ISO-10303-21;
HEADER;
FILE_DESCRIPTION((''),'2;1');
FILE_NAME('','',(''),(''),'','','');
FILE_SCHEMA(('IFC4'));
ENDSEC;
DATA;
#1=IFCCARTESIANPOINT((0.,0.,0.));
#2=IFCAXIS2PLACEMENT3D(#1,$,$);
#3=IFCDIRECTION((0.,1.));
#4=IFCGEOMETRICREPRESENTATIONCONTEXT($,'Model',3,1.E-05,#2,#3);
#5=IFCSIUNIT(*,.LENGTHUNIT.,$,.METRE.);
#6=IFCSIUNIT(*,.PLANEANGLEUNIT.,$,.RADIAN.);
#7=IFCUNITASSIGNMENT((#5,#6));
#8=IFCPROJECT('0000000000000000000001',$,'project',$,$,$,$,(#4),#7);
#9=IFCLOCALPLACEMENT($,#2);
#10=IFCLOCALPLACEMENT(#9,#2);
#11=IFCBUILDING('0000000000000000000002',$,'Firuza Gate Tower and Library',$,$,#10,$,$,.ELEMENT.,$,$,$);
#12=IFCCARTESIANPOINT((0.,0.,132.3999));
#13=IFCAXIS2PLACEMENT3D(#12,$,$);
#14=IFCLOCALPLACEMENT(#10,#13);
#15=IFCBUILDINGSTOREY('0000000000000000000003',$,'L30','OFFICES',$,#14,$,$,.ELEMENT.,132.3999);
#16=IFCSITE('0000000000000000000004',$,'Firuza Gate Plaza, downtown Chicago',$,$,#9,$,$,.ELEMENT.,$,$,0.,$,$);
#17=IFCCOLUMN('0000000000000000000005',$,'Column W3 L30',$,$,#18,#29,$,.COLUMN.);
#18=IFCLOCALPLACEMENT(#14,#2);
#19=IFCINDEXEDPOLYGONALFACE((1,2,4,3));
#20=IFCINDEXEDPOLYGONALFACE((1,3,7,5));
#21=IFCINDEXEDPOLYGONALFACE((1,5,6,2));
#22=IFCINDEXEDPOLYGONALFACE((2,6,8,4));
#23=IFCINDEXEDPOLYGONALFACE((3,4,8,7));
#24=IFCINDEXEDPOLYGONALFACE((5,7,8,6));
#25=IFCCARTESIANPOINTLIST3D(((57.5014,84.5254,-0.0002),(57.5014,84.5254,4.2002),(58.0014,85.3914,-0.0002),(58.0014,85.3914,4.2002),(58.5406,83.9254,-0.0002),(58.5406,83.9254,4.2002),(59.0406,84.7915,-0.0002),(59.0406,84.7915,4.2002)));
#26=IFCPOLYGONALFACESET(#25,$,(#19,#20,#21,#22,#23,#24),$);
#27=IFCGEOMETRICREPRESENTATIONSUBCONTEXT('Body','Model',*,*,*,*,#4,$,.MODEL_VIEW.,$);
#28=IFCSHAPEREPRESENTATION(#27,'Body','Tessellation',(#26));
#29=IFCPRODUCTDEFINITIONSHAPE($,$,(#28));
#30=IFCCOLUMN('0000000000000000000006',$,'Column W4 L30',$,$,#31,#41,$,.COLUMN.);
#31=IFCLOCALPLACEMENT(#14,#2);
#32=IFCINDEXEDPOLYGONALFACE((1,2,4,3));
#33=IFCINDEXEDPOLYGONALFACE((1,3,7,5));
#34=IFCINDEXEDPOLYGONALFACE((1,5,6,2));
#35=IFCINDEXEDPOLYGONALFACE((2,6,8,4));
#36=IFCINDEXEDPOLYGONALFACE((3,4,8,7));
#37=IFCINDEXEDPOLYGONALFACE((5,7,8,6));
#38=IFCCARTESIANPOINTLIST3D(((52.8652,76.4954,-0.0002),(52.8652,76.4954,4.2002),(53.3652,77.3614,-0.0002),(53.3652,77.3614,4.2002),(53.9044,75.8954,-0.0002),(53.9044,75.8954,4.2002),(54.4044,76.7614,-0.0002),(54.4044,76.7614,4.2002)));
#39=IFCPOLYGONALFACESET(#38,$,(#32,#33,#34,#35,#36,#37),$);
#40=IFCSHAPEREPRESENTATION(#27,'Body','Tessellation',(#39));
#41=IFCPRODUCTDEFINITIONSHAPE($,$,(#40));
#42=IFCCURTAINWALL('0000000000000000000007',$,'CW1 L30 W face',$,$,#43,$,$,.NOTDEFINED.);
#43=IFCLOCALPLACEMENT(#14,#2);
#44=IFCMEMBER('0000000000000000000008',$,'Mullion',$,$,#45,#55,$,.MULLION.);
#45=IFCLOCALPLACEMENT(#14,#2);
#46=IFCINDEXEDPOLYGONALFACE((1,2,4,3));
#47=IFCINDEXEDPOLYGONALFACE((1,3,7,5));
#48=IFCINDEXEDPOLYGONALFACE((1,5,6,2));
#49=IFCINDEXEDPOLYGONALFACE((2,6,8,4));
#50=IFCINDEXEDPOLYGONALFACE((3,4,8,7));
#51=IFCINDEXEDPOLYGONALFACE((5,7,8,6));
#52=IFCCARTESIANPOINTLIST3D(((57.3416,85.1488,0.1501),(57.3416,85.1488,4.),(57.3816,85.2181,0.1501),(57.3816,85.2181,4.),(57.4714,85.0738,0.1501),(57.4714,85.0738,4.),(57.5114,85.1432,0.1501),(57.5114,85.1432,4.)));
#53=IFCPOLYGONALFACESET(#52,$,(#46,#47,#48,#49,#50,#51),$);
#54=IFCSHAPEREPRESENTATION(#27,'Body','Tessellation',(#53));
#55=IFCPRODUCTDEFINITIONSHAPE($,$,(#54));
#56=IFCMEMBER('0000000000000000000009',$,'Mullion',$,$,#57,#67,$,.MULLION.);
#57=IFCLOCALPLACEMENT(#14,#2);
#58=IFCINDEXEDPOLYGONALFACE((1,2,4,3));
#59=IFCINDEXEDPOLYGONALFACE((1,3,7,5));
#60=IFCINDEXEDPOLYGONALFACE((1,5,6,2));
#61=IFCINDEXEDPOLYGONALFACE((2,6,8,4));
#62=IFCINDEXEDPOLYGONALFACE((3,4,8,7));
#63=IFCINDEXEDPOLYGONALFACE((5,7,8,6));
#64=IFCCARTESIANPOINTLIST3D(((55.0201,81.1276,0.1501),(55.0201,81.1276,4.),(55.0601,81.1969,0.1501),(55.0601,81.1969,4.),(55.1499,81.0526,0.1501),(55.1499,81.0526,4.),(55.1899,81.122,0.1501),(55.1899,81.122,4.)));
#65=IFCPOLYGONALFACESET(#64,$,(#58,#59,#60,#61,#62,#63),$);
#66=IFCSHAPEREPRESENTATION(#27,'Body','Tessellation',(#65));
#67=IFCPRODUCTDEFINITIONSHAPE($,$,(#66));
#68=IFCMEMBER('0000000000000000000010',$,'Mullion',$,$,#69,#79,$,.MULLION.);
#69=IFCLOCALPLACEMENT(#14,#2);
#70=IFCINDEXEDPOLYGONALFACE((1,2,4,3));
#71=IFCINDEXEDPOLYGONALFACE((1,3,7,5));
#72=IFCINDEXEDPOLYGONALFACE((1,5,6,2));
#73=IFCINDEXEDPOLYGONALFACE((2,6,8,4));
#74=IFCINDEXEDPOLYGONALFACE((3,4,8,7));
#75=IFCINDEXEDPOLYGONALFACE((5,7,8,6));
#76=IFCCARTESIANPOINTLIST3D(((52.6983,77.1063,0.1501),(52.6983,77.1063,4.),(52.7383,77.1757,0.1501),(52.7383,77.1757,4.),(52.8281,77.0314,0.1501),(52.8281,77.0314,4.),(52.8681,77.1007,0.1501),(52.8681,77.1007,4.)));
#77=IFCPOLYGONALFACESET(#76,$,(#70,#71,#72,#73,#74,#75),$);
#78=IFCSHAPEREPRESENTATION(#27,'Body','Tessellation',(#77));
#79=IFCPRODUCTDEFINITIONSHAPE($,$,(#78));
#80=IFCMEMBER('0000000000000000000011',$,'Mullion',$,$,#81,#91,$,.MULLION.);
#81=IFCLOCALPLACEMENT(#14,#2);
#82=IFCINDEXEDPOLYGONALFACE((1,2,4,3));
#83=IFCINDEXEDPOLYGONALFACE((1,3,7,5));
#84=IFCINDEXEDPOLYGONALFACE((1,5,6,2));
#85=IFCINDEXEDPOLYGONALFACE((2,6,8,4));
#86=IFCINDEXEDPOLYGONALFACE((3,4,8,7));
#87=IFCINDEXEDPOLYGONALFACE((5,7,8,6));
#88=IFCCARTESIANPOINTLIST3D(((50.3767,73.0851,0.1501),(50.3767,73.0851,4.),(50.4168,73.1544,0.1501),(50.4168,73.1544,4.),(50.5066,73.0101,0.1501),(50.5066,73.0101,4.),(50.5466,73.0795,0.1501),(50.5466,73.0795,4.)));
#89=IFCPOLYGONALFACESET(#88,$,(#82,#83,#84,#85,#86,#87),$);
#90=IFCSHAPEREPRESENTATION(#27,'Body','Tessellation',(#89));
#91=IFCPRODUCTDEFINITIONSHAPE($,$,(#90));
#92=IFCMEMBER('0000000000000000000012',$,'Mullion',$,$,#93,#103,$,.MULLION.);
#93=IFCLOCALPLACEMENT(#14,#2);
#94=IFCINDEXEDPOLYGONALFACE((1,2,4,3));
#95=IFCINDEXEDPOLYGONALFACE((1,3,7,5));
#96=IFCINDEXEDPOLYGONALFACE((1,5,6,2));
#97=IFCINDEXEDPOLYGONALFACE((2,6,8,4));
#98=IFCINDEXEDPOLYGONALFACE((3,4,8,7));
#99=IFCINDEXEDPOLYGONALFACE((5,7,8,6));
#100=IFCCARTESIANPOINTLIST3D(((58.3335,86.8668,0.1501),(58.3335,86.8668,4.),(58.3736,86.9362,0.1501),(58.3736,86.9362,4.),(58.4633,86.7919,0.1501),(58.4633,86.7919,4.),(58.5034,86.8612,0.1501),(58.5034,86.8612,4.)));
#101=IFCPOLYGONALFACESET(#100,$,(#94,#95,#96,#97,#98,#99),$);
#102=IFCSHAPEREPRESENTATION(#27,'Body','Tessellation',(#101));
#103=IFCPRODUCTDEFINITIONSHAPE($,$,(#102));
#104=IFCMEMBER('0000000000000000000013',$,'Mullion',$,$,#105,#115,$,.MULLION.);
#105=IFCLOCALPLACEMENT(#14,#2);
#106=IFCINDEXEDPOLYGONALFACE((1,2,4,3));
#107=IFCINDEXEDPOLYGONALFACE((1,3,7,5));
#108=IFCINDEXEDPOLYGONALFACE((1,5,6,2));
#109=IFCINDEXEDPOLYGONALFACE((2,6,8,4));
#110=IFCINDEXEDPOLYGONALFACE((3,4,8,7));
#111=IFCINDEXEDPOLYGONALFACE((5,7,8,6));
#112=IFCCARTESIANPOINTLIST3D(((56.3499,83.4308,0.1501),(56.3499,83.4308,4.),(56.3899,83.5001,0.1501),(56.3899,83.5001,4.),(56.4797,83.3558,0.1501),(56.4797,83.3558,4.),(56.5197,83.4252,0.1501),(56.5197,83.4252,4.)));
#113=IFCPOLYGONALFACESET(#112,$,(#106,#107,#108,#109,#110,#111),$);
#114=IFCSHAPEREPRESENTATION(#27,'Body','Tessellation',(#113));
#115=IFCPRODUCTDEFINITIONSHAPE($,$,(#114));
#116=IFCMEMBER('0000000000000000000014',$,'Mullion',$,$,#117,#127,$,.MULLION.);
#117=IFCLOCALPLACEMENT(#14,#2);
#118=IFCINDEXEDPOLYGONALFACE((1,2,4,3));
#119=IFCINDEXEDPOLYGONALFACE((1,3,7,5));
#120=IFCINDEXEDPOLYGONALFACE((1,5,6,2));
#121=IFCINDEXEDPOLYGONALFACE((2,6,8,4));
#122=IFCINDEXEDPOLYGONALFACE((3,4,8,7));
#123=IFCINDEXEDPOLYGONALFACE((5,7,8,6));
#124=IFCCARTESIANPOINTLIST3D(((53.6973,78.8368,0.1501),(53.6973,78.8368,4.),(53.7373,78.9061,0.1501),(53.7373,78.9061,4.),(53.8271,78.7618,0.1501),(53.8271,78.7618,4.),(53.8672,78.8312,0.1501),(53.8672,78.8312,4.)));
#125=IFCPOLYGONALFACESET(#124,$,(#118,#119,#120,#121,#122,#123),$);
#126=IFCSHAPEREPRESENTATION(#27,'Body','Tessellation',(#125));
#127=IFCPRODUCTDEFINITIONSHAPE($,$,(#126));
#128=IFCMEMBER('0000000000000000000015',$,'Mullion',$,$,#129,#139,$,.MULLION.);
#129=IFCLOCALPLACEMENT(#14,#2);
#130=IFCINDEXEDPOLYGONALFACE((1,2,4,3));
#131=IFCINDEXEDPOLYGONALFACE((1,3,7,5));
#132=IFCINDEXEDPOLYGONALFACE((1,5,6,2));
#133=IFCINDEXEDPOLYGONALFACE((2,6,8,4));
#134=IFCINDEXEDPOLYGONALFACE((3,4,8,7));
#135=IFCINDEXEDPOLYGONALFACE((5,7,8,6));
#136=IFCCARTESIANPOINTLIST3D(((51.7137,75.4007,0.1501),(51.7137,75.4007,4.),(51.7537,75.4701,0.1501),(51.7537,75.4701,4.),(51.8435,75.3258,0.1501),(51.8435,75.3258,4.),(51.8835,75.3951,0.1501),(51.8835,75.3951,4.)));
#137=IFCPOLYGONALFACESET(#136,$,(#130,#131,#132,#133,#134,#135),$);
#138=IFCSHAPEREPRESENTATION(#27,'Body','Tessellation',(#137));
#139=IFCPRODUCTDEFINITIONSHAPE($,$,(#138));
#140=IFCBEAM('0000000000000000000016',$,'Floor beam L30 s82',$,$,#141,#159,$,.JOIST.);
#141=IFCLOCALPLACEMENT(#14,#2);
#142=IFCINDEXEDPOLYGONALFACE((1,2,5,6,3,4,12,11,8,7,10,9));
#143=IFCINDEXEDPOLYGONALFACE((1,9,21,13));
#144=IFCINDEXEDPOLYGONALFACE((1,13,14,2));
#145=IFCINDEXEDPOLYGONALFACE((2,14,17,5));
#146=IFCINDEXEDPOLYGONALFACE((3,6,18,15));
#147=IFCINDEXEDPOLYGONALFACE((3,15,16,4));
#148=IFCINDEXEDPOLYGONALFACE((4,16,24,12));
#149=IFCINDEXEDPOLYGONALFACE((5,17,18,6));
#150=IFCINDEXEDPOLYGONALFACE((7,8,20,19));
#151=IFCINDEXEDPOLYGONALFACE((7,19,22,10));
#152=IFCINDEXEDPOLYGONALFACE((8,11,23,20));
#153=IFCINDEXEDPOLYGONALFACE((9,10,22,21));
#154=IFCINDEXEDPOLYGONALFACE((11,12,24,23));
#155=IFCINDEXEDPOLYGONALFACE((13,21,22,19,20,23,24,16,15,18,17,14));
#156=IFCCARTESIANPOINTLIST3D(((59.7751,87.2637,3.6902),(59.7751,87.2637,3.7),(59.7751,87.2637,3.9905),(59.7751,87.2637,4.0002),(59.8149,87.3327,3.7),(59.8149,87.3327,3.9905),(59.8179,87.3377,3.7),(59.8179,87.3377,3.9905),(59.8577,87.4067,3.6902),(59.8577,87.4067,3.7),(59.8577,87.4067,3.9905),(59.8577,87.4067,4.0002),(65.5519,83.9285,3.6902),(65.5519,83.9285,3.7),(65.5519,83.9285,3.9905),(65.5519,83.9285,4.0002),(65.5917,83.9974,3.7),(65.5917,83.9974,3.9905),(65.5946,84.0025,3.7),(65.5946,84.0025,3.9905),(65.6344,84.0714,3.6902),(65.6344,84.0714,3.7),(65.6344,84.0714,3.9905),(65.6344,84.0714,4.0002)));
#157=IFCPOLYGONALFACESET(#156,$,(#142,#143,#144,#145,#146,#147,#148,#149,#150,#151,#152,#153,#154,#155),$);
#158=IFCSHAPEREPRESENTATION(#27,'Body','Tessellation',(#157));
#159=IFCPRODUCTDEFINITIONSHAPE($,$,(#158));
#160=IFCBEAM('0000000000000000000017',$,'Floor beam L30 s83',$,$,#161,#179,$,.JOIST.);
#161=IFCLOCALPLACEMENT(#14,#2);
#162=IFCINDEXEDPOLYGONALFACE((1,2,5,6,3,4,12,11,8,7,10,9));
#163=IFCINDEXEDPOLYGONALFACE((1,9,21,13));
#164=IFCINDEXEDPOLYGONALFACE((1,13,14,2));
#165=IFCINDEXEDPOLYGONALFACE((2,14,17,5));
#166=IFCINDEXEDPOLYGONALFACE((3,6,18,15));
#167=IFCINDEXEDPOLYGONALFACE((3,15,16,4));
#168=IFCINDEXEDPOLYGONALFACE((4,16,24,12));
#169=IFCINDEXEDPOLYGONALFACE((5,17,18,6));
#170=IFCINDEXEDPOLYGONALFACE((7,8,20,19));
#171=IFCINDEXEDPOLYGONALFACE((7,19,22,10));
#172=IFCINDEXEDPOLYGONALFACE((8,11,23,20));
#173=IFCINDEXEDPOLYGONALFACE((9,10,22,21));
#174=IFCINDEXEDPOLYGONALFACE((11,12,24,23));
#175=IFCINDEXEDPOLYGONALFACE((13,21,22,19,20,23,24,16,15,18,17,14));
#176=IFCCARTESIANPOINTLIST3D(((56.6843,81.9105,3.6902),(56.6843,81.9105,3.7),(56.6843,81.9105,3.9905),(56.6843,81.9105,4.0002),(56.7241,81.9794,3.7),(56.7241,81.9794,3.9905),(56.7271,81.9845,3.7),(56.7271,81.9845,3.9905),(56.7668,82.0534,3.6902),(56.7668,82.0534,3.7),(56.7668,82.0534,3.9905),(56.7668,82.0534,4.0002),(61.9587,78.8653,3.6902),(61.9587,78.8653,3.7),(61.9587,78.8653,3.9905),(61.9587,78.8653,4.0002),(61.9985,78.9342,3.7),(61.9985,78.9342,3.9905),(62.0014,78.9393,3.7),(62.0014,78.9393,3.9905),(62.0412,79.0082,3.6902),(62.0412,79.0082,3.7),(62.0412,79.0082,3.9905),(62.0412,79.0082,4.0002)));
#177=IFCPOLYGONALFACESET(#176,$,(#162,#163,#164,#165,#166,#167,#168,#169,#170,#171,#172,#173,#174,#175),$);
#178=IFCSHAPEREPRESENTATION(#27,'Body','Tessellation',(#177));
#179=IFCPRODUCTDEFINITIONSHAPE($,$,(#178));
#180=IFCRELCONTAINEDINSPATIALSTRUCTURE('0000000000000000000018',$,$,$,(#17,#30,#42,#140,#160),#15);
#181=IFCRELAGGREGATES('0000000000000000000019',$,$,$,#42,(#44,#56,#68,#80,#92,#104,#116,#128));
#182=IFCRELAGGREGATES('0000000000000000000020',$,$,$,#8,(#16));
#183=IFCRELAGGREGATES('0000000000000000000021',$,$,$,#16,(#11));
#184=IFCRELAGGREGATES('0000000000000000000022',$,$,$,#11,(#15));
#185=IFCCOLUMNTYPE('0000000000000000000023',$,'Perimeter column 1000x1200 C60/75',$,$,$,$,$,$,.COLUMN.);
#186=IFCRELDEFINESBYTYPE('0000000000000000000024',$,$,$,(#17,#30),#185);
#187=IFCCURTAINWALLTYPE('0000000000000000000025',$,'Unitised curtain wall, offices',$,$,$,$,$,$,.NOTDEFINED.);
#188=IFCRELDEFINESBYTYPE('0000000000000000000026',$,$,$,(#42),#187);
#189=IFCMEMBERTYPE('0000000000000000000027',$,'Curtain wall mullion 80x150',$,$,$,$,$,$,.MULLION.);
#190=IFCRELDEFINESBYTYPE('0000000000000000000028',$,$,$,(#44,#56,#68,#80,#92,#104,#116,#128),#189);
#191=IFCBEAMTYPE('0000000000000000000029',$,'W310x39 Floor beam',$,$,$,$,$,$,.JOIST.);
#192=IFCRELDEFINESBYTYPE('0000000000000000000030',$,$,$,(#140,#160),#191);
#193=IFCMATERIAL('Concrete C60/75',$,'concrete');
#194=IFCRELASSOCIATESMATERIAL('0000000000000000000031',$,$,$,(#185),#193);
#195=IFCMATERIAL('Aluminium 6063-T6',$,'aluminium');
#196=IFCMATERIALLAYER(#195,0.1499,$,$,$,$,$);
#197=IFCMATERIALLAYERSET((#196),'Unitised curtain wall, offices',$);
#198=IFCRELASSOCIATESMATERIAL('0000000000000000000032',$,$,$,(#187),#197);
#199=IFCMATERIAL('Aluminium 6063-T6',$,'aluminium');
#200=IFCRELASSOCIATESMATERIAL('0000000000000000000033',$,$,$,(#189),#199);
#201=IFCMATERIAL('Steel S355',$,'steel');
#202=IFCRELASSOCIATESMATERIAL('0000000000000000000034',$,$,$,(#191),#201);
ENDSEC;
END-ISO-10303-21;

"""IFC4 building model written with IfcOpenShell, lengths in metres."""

from ifc_helpers import new_model, si_unit, direction, frame, origin, origin_2d, place, context, subcontext, project, spatial, rectangle, i_section, extrude, material, layer, layer_set, material_profile, profile_set, type_object, element, aggregate, save


model = new_model("IFC4")

# Units and contexts
model_context = context("Model", 3, precision=1e-05, world=origin(), true_north=direction((0.0, 1.0)))
body_context = subcontext(model_context, "Body", "Model", "MODEL_VIEW")
ifc_project = project(units=[si_unit("LENGTHUNIT", "METRE"), si_unit("PLANEANGLEUNIT", "RADIAN")], contexts=[model_context])

# Site, building, storey
site_placement = place(None, origin())
site = spatial("IfcSite", under=ifc_project, at=site_placement, Name="Firuza Gate Plaza, downtown Chicago", CompositionType="ELEMENT", RefElevation=0.0)
building_placement = place(site_placement, origin())
building = spatial("IfcBuilding", under=site, at=building_placement, Name="Firuza Gate Tower and Library", CompositionType="ELEMENT")
storey_placement = place(building_placement, frame((0.0, 0.0, 132.3999)))
storey = spatial("IfcBuildingStorey", under=building, at=storey_placement, Name="L30", Description="OFFICES", CompositionType="ELEMENT", Elevation=132.3999)

# Columns
ifc_material_1 = material(Name="Concrete C60/75", Category="concrete")
ifc_material_profile_1 = material_profile(ifc_material_1, rectangle(XDim=1.0, YDim=1.2, at=origin_2d()))
ifc_profile_set_1 = profile_set([ifc_material_profile_1], Name="Concrete C60/75")
column_type = type_object("IfcColumnType", Name="Perimeter column 1000x1200 C60/75", PredefinedType="COLUMN", material=ifc_profile_set_1)
for number, where, z_axis, x_axis, name in (
    (1, (58.271, 84.6584, -0.0002), (0.0, 0.0, 1.0), (-0.5, -0.866025, 0.0), "Column W3 L30"),
    (2, (53.6348, 76.6284, -0.0002), (0.0, 0.0, 1.0), (-0.5, -0.866025, 0.0), "Column W4 L30"),
):
    element("IfcColumn", number, at=place(storey_placement, frame(where, z_axis=z_axis, x_axis=x_axis)), inside=storey, type_object=column_type, Name=name, PredefinedType="COLUMN", context=body_context, shape_type="SweptSolid", body=[
        extrude(rectangle(XDim=1.0, YDim=1.2, at=origin_2d()), origin(), (0.0, 0.0, 1.0), 4.2004),
    ])

# Curtain wall, members
ifc_material_2 = material(Name="Aluminium 6063-T6", Category="aluminium")
ifc_layer_1 = layer(ifc_material_2, 0.1499)
ifc_layer_set_1 = layer_set([ifc_layer_1], Name="Unitised curtain wall, offices")
curtain_wall_type = type_object("IfcCurtainWallType", Name="Unitised curtain wall, offices", PredefinedType="NOTDEFINED", material=ifc_layer_set_1)
curtain_wall_placement = place(storey_placement, origin())
curtain_wall = element("IfcCurtainWall", 3, at=curtain_wall_placement, inside=storey, type_object=curtain_wall_type, Name="CW1 L30 W face", PredefinedType="NOTDEFINED")
ifc_material_3 = material(Name="Aluminium 6063-T6", Category="aluminium")
ifc_material_profile_2 = material_profile(ifc_material_3, rectangle(XDim=0.1499, YDim=0.0801, at=origin_2d()))
ifc_profile_set_2 = profile_set([ifc_material_profile_2], Name="Aluminium 6063-T6")
member_type = type_object("IfcMemberType", Name="Curtain wall mullion 80x150", PredefinedType="MULLION", material=ifc_profile_set_2)
member_1_placement = place(storey_placement, frame((57.4265, 85.146, 0.1501), z_axis=(0.0, 0.0, 1.0), x_axis=(0.866025, -0.5, 0.0)))
member_1 = element("IfcMember", 4, at=member_1_placement, type_object=member_type, Name="Mullion", PredefinedType="MULLION", context=body_context, shape_type="SweptSolid", body=[
    extrude(rectangle(XDim=0.1499, YDim=0.0801, at=origin_2d()), origin(), (0.0, 0.0, 1.0), 3.8499),
])
member_2_placement = place(storey_placement, frame((55.105, 81.1248, 0.1501), z_axis=(0.0, 0.0, 1.0), x_axis=(0.866025, -0.5, 0.0)))
member_2 = element("IfcMember", 5, at=member_2_placement, type_object=member_type, Name="Mullion", PredefinedType="MULLION", context=body_context, shape_type="SweptSolid", body=[
    extrude(rectangle(XDim=0.1499, YDim=0.0801, at=origin_2d()), origin(), (0.0, 0.0, 1.0), 3.8499),
])
member_3_placement = place(storey_placement, frame((52.7832, 77.1035, 0.1501), z_axis=(0.0, 0.0, 1.0), x_axis=(0.866025, -0.5, 0.0)))
member_3 = element("IfcMember", 6, at=member_3_placement, type_object=member_type, Name="Mullion", PredefinedType="MULLION", context=body_context, shape_type="SweptSolid", body=[
    extrude(rectangle(XDim=0.1499, YDim=0.0801, at=origin_2d()), origin(), (0.0, 0.0, 1.0), 3.8499),
])
member_4_placement = place(storey_placement, frame((50.4617, 73.0823, 0.1501), z_axis=(0.0, 0.0, 1.0), x_axis=(0.866025, -0.5, 0.0)))
member_4 = element("IfcMember", 7, at=member_4_placement, type_object=member_type, Name="Mullion", PredefinedType="MULLION", context=body_context, shape_type="SweptSolid", body=[
    extrude(rectangle(XDim=0.1499, YDim=0.0801, at=origin_2d()), origin(), (0.0, 0.0, 1.0), 3.8499),
])
member_5_placement = place(storey_placement, frame((58.4185, 86.864, 0.1501), z_axis=(0.0, 0.0, 1.0), x_axis=(0.866025, -0.5, 0.0)))
member_5 = element("IfcMember", 8, at=member_5_placement, type_object=member_type, Name="Mullion", PredefinedType="MULLION", context=body_context, shape_type="SweptSolid", body=[
    extrude(rectangle(XDim=0.1499, YDim=0.0801, at=origin_2d()), origin(), (0.0, 0.0, 1.0), 3.8499),
])
member_6_placement = place(storey_placement, frame((56.4348, 83.428, 0.1501), z_axis=(0.0, 0.0, 1.0), x_axis=(0.866025, -0.5, 0.0)))
member_6 = element("IfcMember", 9, at=member_6_placement, type_object=member_type, Name="Mullion", PredefinedType="MULLION", context=body_context, shape_type="SweptSolid", body=[
    extrude(rectangle(XDim=0.1499, YDim=0.0801, at=origin_2d()), origin(), (0.0, 0.0, 1.0), 3.8499),
])
member_7_placement = place(storey_placement, frame((53.7822, 78.834, 0.1501), z_axis=(0.0, 0.0, 1.0), x_axis=(0.866025, -0.5, 0.0)))
member_7 = element("IfcMember", 10, at=member_7_placement, type_object=member_type, Name="Mullion", PredefinedType="MULLION", context=body_context, shape_type="SweptSolid", body=[
    extrude(rectangle(XDim=0.1499, YDim=0.0801, at=origin_2d()), origin(), (0.0, 0.0, 1.0), 3.8499),
])
member_8_placement = place(storey_placement, frame((51.7986, 75.3979, 0.1501), z_axis=(0.0, 0.0, 1.0), x_axis=(0.866025, -0.5, 0.0)))
member_8 = element("IfcMember", 11, at=member_8_placement, type_object=member_type, Name="Mullion", PredefinedType="MULLION", context=body_context, shape_type="SweptSolid", body=[
    extrude(rectangle(XDim=0.1499, YDim=0.0801, at=origin_2d()), origin(), (0.0, 0.0, 1.0), 3.8499),
])

# Beams
ifc_material_4 = material(Name="Steel S355", Category="steel")
ifc_material_profile_3 = material_profile(ifc_material_4, i_section(OverallWidth=0.165, OverallDepth=0.3101, WebThickness=0.0059, FlangeThickness=0.0098, at=origin_2d()))
ifc_profile_set_3 = profile_set([ifc_material_profile_3], Name="Steel S355")
beam_type_1 = type_object("IfcBeamType", Name="W310x39 Floor beam", PredefinedType="JOIST", material=ifc_profile_set_3)
beam_1_placement = place(storey_placement, frame((59.8164, 87.3352, 3.8452), z_axis=(0.86602, -0.500009, 0.0), x_axis=(0.500009, 0.86602, 0.0)))
element("IfcBeam", 12, at=beam_1_placement, inside=storey, type_object=beam_type_1, Name="Floor beam L30 s82", PredefinedType="JOIST", context=body_context, shape_type="SweptSolid", body=[
    extrude(i_section(OverallWidth=0.165, OverallDepth=0.3101, WebThickness=0.0059, FlangeThickness=0.0098, at=origin_2d()), origin(), (0.0, 0.0, 1.0), 6.6704),
])
beam_2_placement = place(storey_placement, frame((56.7256, 81.9819, 3.8452), z_axis=(0.866027, -0.499998, 0.0), x_axis=(0.499998, 0.866027, 0.0)))
element("IfcBeam", 13, at=beam_2_placement, inside=storey, type_object=beam_type_1, Name="Floor beam L30 s83", PredefinedType="JOIST", context=body_context, shape_type="SweptSolid", body=[
    extrude(i_section(OverallWidth=0.165, OverallDepth=0.3101, WebThickness=0.0059, FlangeThickness=0.0098, at=origin_2d()), origin(), (0.0, 0.0, 1.0), 6.0903),
])

aggregate(curtain_wall, [member_1, member_2, member_3, member_4, member_5, member_6, member_7, member_8])

save(model, "model.ifc")
